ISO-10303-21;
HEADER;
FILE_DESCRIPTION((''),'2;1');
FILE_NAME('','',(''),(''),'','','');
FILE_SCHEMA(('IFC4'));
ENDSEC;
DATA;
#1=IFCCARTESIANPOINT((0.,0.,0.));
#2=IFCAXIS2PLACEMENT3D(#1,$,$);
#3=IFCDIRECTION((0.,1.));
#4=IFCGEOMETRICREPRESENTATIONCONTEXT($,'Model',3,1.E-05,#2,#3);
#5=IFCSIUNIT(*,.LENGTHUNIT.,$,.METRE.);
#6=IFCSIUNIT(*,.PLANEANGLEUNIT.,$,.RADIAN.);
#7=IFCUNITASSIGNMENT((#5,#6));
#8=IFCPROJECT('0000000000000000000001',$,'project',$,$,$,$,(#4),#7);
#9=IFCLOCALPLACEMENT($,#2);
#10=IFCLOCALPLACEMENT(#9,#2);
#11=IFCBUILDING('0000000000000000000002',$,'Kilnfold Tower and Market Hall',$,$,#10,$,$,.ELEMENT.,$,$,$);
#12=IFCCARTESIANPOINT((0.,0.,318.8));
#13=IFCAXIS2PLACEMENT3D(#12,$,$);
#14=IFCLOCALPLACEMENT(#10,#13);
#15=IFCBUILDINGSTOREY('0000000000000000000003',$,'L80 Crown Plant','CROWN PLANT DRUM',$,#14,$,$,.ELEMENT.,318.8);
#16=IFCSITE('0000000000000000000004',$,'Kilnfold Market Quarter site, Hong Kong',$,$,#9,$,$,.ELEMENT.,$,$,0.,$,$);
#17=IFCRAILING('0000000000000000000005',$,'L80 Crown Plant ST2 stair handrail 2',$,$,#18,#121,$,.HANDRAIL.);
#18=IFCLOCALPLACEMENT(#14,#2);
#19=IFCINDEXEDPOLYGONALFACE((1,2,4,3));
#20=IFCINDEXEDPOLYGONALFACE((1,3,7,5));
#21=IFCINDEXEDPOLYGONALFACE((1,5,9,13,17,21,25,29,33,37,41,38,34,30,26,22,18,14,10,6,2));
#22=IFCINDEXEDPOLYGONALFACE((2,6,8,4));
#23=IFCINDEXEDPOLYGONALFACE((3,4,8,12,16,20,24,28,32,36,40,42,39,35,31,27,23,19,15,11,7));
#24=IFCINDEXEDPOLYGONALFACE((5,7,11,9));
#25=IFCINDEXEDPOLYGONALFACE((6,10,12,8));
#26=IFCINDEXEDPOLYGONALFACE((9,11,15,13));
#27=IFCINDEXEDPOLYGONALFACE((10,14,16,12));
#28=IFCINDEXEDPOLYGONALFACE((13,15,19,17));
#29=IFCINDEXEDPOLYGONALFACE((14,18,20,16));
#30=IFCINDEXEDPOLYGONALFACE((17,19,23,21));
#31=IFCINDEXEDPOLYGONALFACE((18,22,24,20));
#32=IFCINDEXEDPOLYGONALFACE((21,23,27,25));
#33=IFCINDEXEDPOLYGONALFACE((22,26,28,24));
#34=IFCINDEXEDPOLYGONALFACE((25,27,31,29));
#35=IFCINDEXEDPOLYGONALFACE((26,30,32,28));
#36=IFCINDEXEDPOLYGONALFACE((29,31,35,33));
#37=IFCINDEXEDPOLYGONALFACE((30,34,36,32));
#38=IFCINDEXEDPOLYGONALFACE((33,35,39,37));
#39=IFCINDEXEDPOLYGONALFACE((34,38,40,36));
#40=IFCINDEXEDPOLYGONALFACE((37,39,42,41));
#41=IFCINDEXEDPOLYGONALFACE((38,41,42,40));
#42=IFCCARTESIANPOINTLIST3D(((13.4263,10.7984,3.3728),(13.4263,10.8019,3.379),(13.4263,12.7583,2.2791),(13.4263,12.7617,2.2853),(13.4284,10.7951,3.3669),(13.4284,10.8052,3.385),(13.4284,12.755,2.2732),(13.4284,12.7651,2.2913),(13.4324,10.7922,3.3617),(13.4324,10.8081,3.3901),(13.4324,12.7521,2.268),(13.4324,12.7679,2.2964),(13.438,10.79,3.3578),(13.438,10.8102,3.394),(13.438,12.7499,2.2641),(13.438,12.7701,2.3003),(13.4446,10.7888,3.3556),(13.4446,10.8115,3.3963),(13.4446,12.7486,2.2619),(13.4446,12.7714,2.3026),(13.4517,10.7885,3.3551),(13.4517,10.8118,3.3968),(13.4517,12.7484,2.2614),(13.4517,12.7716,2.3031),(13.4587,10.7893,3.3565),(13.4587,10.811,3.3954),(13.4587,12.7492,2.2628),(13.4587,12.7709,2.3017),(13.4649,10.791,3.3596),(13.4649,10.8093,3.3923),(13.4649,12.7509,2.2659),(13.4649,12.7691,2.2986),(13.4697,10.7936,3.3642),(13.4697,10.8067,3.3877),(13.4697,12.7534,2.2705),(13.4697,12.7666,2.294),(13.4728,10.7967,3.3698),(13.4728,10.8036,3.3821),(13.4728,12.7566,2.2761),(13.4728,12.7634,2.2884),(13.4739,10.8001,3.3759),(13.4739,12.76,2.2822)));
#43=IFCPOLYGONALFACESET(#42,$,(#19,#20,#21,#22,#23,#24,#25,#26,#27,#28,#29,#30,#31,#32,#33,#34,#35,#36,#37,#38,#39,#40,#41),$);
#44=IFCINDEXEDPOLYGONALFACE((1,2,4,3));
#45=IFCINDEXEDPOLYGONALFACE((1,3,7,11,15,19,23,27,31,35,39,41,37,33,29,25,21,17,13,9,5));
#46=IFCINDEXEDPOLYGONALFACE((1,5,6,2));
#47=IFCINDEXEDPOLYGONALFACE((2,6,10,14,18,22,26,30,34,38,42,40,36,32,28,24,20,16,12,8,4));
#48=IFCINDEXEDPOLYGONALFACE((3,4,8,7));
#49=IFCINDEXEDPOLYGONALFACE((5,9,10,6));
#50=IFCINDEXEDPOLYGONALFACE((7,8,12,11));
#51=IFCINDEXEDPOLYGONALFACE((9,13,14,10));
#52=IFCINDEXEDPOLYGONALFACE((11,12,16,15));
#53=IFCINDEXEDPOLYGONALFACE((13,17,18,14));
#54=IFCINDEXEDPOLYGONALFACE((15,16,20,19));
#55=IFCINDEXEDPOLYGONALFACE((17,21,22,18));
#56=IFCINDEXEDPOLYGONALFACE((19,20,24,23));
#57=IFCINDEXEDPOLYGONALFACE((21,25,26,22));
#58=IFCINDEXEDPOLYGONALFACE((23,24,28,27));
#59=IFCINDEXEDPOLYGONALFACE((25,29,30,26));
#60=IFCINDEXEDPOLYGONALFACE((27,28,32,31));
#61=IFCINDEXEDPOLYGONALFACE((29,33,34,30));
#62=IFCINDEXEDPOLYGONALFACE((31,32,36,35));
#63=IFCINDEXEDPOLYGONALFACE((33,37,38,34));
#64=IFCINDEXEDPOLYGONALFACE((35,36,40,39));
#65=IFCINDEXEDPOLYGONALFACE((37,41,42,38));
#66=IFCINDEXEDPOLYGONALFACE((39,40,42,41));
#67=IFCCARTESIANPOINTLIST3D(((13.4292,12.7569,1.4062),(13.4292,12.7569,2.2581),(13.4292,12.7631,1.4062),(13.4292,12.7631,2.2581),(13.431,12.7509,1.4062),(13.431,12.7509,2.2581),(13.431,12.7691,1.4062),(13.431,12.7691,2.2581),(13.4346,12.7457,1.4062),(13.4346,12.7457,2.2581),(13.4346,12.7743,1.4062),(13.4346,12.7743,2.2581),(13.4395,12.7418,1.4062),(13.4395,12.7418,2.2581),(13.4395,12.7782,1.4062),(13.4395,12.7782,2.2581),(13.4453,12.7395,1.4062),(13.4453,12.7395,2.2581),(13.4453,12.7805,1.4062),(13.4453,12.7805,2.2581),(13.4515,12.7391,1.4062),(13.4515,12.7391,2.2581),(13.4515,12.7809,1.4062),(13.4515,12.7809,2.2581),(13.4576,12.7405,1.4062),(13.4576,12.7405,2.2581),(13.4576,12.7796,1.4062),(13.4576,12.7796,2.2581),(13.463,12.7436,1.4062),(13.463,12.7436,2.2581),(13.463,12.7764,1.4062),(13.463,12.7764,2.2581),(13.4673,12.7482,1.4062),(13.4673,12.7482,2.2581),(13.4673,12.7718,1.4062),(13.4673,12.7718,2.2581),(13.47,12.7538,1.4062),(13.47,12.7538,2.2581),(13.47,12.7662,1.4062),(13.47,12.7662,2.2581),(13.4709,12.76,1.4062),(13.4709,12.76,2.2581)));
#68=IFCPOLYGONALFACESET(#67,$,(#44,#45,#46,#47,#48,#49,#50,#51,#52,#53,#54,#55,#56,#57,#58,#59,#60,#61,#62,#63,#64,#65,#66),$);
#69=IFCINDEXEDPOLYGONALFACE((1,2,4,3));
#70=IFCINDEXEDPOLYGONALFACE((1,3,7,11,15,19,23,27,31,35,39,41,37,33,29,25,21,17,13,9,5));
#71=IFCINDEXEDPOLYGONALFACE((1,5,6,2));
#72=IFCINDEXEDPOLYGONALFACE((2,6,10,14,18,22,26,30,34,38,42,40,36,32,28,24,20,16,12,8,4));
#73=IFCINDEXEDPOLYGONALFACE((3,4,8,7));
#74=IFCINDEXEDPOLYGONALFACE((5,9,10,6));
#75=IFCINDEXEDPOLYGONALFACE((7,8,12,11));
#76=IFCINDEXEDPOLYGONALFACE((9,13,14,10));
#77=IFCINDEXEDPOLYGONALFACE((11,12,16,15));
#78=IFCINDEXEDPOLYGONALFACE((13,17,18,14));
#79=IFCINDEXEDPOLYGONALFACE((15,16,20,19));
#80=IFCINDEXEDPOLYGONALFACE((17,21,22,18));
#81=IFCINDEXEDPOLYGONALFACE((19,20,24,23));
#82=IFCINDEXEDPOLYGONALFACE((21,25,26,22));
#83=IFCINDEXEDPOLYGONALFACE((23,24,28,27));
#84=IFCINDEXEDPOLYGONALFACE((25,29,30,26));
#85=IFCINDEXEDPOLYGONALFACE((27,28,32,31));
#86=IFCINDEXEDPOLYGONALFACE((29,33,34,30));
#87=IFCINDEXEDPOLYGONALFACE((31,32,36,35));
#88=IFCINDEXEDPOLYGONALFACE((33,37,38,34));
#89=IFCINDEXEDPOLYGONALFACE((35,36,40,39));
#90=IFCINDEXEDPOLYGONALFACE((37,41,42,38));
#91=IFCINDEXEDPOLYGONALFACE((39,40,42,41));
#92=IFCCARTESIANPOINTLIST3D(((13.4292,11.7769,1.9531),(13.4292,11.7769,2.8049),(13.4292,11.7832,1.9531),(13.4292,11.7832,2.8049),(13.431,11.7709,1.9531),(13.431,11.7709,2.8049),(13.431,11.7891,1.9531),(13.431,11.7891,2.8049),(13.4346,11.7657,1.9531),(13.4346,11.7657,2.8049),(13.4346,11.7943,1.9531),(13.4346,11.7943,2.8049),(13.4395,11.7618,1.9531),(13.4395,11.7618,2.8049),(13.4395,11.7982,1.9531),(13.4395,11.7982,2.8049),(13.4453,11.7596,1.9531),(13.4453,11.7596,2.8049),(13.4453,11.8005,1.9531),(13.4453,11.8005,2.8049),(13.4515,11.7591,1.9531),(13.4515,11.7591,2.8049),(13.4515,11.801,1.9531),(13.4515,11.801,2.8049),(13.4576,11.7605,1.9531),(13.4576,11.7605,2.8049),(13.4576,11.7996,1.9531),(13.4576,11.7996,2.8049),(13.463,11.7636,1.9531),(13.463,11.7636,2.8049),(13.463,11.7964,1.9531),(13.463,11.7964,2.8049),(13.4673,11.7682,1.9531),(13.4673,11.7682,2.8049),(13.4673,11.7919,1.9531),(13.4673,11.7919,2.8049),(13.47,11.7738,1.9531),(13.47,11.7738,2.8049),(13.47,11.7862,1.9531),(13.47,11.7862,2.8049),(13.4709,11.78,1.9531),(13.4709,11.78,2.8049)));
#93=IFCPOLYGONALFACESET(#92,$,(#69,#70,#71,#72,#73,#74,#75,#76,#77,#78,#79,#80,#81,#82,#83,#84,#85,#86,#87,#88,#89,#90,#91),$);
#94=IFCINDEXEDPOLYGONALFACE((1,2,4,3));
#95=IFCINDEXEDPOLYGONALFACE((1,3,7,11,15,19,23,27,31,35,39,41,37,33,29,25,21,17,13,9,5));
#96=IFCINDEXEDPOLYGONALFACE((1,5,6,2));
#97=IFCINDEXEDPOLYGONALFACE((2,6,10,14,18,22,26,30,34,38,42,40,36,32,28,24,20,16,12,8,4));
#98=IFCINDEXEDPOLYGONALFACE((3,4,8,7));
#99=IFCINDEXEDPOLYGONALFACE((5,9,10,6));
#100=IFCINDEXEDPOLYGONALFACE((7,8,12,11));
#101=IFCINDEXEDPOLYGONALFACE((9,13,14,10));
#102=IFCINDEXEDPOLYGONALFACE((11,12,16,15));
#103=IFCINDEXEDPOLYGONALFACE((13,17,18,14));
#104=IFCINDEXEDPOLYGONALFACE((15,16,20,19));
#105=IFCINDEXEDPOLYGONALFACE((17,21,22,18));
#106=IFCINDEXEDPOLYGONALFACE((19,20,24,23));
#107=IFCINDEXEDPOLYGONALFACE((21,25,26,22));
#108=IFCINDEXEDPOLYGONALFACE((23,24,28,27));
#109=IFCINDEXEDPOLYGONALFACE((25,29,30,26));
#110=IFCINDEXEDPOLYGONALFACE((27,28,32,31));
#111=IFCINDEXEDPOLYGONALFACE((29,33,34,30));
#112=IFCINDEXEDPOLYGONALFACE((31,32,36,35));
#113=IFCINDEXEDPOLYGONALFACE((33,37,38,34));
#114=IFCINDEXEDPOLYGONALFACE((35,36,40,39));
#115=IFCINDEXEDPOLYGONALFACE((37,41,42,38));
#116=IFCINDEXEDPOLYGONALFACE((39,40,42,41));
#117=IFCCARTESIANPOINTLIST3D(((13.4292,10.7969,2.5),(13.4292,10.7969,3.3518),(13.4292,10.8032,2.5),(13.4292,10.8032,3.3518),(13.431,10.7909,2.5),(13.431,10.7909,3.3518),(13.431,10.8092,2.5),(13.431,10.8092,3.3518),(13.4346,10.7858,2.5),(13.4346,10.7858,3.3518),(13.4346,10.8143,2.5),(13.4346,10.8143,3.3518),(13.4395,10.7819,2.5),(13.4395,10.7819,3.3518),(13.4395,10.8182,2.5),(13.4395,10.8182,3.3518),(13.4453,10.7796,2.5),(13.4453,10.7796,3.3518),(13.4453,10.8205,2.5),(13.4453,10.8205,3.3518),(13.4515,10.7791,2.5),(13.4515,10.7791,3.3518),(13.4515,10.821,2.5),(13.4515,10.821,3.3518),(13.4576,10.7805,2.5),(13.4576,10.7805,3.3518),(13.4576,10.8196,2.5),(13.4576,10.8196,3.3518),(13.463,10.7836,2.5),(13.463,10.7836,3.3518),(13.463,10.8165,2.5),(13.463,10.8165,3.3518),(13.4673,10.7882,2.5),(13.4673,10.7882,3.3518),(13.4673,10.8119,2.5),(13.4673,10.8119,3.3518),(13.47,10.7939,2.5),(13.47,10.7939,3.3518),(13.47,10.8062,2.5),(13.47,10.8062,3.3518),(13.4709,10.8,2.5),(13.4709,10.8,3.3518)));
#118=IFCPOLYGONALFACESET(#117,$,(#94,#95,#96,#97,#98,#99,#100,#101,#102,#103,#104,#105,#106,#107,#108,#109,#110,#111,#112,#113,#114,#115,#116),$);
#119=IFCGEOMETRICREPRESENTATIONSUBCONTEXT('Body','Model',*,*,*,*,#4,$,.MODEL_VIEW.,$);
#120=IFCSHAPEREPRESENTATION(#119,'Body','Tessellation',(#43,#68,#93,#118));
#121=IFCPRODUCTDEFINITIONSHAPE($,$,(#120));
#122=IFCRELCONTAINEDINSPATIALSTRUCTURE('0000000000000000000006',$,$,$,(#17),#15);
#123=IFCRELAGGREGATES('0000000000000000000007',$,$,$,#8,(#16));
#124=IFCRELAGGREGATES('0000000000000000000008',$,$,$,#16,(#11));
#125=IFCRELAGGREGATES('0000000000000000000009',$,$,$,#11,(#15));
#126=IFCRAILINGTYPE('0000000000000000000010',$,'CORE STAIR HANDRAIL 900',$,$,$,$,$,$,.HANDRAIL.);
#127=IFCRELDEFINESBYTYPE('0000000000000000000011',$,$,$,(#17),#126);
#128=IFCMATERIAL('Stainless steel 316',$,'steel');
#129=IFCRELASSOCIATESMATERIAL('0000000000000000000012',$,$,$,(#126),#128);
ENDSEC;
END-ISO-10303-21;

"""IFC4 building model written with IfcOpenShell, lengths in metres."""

from ifc_helpers import new_model, si_unit, direction, frame, origin, origin_2d, place, context, subcontext, project, spatial, circle, extrude, material, type_object, element, save


model = new_model("IFC4")

# Units and contexts
model_context = context("Model", 3, precision=1e-05, world=origin(), true_north=direction((0.0, 1.0)))
body_context = subcontext(model_context, "Body", "Model", "MODEL_VIEW")
ifc_project = project(units=[si_unit("LENGTHUNIT", "METRE"), si_unit("PLANEANGLEUNIT", "RADIAN")], contexts=[model_context])

# Site, building, storey
site_placement = place(None, origin())
site = spatial("IfcSite", under=ifc_project, at=site_placement, Name="Kilnfold Market Quarter site, Hong Kong", CompositionType="ELEMENT", RefElevation=0.0)
building_placement = place(site_placement, origin())
building = spatial("IfcBuilding", under=site, at=building_placement, Name="Kilnfold Tower and Market Hall", CompositionType="ELEMENT")
storey_placement = place(building_placement, frame((0.0, 0.0, 318.8)))
storey = spatial("IfcBuildingStorey", under=building, at=storey_placement, Name="L80 Crown Plant", Description="CROWN PLANT DRUM", CompositionType="ELEMENT", Elevation=318.8)

# Railing
ifc_material_1 = material(Name="Stainless steel 316", Category="steel")
railing_type_1 = type_object("IfcRailingType", Name="CORE STAIR HANDRAIL 900", PredefinedType="HANDRAIL", material=ifc_material_1)
railing_1_placement = place(storey_placement, frame((13.45, 12.76, 1.4062)))
element("IfcRailing", 1, at=railing_1_placement, inside=storey, type_object=railing_type_1, Name="L80 Crown Plant ST2 stair handrail 2", PredefinedType="HANDRAIL", context=body_context, shape_type="SweptSolid", body=[
    extrude(circle(Radius=0.0239, at=origin_2d()), frame((0.0, 0.0, 0.876), z_axis=(0.0, -0.873232, 0.487304), x_axis=(1.0, 0.0, 0.0)), (0.0, 0.0, 1.0), 2.2444),
    extrude(circle(Radius=0.021, at=origin_2d()), origin(), (0.0, 0.0, 1.0), 0.8518),
    extrude(circle(Radius=0.021, at=origin_2d()), frame((0.0, -0.98, 0.5469)), (0.0, 0.0, 1.0), 0.8518),
    extrude(circle(Radius=0.021, at=origin_2d()), frame((0.0, -1.96, 1.0938)), (0.0, 0.0, 1.0), 0.8518),
])

save(model, "model.ifc")
